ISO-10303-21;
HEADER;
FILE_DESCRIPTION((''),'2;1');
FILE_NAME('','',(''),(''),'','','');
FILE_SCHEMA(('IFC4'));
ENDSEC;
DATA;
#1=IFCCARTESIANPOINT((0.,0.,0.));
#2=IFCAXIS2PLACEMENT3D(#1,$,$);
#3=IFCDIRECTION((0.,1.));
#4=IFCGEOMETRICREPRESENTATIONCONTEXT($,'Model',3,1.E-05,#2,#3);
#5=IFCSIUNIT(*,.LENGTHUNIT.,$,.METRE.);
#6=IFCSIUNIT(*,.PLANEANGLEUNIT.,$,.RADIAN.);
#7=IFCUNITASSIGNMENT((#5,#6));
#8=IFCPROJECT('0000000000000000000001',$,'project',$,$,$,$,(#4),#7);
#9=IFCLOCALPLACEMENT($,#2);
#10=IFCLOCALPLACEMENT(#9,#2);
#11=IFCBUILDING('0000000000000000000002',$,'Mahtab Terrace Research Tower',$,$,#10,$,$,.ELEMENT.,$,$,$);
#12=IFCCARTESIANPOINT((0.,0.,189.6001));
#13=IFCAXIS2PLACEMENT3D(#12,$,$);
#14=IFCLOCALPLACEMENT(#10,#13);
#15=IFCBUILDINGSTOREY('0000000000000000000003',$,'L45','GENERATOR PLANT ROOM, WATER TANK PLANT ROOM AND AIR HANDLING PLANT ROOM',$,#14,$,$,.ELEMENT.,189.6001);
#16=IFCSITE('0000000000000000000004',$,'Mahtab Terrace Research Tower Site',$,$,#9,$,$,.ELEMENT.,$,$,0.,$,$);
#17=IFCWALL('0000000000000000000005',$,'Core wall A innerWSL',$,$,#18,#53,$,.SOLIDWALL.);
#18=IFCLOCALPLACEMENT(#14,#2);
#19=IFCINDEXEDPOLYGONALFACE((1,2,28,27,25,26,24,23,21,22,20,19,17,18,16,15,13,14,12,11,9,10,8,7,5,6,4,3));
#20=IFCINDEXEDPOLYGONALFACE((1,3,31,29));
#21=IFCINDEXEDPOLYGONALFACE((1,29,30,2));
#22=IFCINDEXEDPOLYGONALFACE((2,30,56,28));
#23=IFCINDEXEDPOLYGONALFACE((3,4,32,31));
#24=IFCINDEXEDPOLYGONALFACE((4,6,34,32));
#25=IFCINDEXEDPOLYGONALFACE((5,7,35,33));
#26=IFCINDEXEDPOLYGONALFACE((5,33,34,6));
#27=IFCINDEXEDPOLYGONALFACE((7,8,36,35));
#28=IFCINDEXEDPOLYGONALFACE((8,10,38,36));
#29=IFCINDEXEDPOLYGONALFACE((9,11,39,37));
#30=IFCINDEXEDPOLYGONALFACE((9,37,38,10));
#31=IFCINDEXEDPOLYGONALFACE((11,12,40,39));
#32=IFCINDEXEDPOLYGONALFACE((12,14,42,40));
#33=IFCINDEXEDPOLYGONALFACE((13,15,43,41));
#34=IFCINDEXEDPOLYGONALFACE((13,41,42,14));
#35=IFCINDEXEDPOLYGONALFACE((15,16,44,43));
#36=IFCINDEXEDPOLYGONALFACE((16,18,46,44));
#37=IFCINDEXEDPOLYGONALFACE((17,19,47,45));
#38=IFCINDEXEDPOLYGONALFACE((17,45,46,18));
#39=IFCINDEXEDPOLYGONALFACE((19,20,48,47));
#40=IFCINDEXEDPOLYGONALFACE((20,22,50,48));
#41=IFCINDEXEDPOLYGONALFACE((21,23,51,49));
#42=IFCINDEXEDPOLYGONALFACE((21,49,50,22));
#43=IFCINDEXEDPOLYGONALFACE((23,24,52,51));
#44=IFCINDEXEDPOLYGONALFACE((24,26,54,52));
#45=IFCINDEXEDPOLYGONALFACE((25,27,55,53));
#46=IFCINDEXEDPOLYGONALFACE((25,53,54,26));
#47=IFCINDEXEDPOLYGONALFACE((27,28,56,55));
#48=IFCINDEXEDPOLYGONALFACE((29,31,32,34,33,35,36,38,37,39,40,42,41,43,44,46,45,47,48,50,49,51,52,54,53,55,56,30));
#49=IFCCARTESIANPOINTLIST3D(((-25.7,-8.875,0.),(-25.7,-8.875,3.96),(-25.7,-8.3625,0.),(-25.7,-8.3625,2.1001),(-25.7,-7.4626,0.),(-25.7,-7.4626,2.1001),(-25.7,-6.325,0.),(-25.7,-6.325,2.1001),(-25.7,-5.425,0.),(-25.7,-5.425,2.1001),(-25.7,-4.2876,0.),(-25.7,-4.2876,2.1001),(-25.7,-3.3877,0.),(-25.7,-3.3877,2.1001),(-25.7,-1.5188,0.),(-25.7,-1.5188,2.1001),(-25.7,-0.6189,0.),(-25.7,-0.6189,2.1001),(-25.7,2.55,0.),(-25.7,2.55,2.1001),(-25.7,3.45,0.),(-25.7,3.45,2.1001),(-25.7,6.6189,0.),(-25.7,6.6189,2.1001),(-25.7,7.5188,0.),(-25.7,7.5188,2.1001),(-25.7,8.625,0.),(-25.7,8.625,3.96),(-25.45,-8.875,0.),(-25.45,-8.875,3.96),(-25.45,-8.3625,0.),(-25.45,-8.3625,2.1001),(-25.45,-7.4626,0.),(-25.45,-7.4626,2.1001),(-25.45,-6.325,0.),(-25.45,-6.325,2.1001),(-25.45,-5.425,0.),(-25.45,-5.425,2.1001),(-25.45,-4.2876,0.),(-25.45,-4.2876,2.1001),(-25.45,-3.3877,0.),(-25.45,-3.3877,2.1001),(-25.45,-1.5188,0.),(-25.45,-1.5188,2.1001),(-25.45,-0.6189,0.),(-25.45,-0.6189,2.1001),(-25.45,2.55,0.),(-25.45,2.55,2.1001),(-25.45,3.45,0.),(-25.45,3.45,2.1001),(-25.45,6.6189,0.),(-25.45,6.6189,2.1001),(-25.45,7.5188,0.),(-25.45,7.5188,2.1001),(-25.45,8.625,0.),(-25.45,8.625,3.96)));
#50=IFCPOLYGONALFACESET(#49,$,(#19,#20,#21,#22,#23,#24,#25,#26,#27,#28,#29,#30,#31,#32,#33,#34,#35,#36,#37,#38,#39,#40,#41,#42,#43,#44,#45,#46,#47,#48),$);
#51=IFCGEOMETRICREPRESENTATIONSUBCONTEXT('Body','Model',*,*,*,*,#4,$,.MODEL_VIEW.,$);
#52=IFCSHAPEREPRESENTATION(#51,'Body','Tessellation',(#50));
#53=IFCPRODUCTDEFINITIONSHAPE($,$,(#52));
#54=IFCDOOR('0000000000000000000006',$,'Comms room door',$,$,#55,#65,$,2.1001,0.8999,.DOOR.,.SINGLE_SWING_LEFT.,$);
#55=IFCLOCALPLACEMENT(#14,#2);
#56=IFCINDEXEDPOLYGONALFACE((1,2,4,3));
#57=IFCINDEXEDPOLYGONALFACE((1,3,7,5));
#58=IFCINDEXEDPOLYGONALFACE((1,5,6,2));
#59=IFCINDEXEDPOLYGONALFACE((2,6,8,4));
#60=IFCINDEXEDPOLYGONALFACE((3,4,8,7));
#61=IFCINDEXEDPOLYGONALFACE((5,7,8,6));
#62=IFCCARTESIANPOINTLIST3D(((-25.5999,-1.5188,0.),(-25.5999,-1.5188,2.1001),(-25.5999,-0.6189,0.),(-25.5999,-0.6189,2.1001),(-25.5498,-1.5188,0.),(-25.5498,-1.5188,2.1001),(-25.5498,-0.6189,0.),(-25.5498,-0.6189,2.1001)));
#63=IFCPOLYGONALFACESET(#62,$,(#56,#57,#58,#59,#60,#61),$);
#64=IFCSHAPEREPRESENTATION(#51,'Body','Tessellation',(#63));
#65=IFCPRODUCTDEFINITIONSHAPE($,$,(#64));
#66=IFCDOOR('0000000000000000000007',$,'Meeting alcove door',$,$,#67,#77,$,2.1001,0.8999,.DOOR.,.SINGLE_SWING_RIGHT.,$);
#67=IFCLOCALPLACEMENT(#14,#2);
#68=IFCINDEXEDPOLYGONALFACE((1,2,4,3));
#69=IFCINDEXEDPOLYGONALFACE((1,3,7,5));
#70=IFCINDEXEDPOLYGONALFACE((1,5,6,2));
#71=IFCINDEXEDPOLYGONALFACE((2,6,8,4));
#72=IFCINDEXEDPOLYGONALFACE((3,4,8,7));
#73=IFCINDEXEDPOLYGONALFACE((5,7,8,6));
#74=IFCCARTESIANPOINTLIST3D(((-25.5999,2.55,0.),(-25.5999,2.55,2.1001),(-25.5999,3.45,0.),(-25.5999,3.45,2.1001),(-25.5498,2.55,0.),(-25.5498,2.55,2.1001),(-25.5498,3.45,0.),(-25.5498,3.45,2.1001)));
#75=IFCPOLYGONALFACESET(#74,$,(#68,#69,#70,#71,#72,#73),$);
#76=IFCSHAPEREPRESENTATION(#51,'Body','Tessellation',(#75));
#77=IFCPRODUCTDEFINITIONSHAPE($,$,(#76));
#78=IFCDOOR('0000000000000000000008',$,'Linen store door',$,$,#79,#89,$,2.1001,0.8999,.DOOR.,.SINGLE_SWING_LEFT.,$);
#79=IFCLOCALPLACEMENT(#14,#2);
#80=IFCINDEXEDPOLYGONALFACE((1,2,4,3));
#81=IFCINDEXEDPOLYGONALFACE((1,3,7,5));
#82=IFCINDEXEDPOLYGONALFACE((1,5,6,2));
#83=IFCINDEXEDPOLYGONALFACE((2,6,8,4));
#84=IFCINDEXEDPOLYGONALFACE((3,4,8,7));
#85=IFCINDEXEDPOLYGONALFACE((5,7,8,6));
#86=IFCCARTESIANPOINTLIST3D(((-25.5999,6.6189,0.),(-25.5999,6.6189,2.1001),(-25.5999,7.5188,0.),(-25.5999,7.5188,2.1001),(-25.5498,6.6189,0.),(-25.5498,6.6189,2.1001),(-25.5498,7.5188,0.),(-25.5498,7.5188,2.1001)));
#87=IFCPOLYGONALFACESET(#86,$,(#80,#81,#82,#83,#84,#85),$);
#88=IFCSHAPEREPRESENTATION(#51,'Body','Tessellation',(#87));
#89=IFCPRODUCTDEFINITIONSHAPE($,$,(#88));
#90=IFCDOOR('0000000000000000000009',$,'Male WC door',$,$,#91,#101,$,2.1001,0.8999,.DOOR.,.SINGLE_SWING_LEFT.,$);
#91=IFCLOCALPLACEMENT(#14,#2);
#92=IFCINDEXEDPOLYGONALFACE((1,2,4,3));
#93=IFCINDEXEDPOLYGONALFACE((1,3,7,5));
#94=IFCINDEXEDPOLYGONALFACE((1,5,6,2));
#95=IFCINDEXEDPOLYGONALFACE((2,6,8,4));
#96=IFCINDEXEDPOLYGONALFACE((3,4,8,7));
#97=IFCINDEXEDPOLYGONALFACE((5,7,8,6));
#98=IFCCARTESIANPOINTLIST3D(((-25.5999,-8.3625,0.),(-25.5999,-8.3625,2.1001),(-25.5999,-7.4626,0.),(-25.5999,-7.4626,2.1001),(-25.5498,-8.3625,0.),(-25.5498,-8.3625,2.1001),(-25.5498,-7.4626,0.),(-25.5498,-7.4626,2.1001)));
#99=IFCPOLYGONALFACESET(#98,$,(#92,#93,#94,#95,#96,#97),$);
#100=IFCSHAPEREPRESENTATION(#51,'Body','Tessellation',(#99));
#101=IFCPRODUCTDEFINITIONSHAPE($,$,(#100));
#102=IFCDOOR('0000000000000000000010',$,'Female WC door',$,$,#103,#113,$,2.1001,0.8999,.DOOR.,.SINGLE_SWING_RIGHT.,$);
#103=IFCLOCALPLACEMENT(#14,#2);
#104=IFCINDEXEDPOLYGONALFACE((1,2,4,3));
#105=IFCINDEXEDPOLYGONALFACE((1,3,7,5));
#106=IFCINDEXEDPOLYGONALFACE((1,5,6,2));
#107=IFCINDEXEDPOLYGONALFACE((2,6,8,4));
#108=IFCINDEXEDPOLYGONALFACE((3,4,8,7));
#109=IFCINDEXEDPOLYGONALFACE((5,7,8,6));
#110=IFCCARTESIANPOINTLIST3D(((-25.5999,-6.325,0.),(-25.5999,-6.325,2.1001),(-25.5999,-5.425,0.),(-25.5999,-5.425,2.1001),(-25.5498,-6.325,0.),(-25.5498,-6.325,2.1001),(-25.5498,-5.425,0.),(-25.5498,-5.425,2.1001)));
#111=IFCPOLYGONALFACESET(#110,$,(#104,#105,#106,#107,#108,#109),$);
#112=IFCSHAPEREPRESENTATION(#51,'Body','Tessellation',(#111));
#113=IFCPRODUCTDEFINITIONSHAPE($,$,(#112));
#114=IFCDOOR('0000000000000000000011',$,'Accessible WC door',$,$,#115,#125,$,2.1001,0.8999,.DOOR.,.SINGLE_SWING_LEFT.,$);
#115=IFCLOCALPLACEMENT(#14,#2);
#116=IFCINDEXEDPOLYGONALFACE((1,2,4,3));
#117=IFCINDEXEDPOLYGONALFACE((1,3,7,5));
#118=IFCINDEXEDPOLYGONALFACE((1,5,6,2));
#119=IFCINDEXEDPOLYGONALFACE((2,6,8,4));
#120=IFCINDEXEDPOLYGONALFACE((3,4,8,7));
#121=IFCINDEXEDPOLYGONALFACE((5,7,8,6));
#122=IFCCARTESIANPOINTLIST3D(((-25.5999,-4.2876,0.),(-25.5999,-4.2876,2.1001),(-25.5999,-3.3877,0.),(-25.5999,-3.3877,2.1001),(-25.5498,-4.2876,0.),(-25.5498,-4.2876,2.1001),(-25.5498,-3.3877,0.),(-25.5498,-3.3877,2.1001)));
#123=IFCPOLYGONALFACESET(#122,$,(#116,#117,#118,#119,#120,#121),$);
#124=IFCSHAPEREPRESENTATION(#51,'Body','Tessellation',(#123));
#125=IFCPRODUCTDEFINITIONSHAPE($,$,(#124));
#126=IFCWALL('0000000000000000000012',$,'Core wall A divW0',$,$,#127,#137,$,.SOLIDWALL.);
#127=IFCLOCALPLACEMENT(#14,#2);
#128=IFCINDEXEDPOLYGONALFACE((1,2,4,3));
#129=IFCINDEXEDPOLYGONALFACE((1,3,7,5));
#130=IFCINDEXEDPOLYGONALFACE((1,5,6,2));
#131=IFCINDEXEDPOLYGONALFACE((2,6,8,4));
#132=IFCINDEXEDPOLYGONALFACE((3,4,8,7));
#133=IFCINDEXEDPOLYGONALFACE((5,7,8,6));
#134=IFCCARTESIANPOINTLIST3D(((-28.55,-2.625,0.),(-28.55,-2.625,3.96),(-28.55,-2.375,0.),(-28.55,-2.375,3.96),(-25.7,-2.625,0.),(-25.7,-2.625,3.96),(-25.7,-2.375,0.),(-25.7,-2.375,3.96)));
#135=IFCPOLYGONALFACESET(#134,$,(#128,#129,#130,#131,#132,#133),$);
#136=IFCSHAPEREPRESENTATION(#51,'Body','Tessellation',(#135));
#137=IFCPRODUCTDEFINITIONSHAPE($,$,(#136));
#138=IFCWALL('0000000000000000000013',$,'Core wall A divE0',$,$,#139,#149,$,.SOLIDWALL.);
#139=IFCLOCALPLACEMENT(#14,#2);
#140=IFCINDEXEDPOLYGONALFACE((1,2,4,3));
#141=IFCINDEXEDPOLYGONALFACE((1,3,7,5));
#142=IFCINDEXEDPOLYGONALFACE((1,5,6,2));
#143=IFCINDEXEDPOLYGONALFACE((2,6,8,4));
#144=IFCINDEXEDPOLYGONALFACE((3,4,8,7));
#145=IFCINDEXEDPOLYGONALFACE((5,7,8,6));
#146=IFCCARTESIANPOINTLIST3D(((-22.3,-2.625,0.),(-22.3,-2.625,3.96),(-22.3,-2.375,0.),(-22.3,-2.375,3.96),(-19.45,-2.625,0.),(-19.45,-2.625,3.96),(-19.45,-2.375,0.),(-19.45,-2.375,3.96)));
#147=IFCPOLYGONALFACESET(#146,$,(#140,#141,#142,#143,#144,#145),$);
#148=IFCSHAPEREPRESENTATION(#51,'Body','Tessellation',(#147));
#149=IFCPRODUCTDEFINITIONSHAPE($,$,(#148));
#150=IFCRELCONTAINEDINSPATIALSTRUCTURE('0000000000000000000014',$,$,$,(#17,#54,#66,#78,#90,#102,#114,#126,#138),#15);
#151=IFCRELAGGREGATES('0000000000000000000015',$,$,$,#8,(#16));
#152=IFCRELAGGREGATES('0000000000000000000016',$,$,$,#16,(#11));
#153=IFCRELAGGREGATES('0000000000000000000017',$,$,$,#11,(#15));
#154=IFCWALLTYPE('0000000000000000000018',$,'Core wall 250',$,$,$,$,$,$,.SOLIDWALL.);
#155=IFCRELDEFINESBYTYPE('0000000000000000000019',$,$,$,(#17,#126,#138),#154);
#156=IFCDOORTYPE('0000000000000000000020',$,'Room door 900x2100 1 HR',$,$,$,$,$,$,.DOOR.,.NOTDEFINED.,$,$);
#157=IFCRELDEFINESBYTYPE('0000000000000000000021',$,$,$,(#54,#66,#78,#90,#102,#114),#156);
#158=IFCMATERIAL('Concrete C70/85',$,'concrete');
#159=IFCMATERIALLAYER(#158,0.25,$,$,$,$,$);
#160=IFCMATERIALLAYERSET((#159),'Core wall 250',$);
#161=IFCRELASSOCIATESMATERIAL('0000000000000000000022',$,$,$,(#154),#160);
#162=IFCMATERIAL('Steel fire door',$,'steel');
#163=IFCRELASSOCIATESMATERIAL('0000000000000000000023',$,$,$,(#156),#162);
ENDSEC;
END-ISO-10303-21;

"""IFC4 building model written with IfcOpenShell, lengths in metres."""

from ifc_helpers import new_model, si_unit, direction, frame, frame_2d, origin, place, context, subcontext, project, spatial, rectangle, extrude, material, layer, layer_set, type_object, element, fill, save


model = new_model("IFC4")

# Units and contexts
model_context = context("Model", 3, precision=1e-05, world=origin(), true_north=direction((0.0, 1.0)))
body_context = subcontext(model_context, "Body", "Model", "MODEL_VIEW")
ifc_project = project(units=[si_unit("LENGTHUNIT", "METRE"), si_unit("PLANEANGLEUNIT", "RADIAN")], contexts=[model_context])

# Site, building, storey
site_placement = place(None, origin())
site = spatial("IfcSite", under=ifc_project, at=site_placement, Name="Mahtab Terrace Research Tower Site", CompositionType="ELEMENT", RefElevation=0.0)
building_placement = place(site_placement, origin())
building = spatial("IfcBuilding", under=site, at=building_placement, Name="Mahtab Terrace Research Tower", CompositionType="ELEMENT")
storey_placement = place(building_placement, frame((0.0, 0.0, 189.6001)))
storey = spatial("IfcBuildingStorey", under=building, at=storey_placement, Name="L45", Description="GENERATOR PLANT ROOM, WATER TANK PLANT ROOM AND AIR HANDLING PLANT ROOM", CompositionType="ELEMENT", Elevation=189.6001)

# Shared definitions
ifc_material_1 = material(Name="Concrete C70/85", Category="concrete")

# Shared definitions
ifc_layer_1 = layer(ifc_material_1, 0.25)
ifc_layer_set_1 = layer_set([ifc_layer_1], Name="Core wall 250")
wall_type_1 = type_object("IfcWallType", Name="Core wall 250", PredefinedType="SOLIDWALL", material=ifc_layer_set_1)
ifc_material_2 = material(Name="Steel fire door", Category="steel")

# Wall, openings, doors
wall_1_placement = place(storey_placement, frame((-25.575, -8.875, 0.0), z_axis=(0.0, 0.0, 1.0), x_axis=(0.0, 1.0, 0.0)))
wall_1 = element("IfcWall", 1, at=wall_1_placement, inside=storey, type_object=wall_type_1, Name="Core wall A innerWSL", PredefinedType="SOLIDWALL", context=body_context, shape_type="SweptSolid", body=[
    extrude(rectangle(XDim=17.5, YDim=0.25, at=frame_2d((8.75, 0.0))), origin(), (0.0, 0.0, 1.0), 3.96),
])
opening_1_placement = place(wall_1_placement, frame((7.3562, 0.0, 0.0)))
opening_1 = element("IfcOpeningElement", 2, at=opening_1_placement, cuts=wall_1, PredefinedType="OPENING", context=body_context, shape_type="SweptSolid", body=[
    extrude(rectangle(XDim=0.8999, YDim=2.1001, at=frame_2d((0.45, 1.05))), frame((0.0, 0.135, 0.0), z_axis=(0.0, -1.0, 0.0), x_axis=(1.0, 0.0, 0.0)), (0.0, 0.0, 1.0), 0.27),
])
opening_2_placement = place(wall_1_placement, frame((11.425, 0.0, 0.0)))
opening_2 = element("IfcOpeningElement", 3, at=opening_2_placement, cuts=wall_1, PredefinedType="OPENING", context=body_context, shape_type="SweptSolid", body=[
    extrude(rectangle(XDim=0.8999, YDim=2.1001, at=frame_2d((0.45, 1.05))), frame((0.0, 0.135, 0.0), z_axis=(0.0, -1.0, 0.0), x_axis=(1.0, 0.0, 0.0)), (0.0, 0.0, 1.0), 0.27),
])
opening_3_placement = place(wall_1_placement, frame((15.4939, 0.0, 0.0)))
opening_3 = element("IfcOpeningElement", 4, at=opening_3_placement, cuts=wall_1, PredefinedType="OPENING", context=body_context, shape_type="SweptSolid", body=[
    extrude(rectangle(XDim=0.8999, YDim=2.1001, at=frame_2d((0.45, 1.05))), frame((0.0, 0.135, 0.0), z_axis=(0.0, -1.0, 0.0), x_axis=(1.0, 0.0, 0.0)), (0.0, 0.0, 1.0), 0.27),
])
opening_4_placement = place(wall_1_placement, frame((0.5125, 0.0, 0.0)))
opening_4 = element("IfcOpeningElement", 5, at=opening_4_placement, cuts=wall_1, PredefinedType="OPENING", context=body_context, shape_type="SweptSolid", body=[
    extrude(rectangle(XDim=0.8999, YDim=2.1001, at=frame_2d((0.45, 1.05))), frame((0.0, 0.135, 0.0), z_axis=(0.0, -1.0, 0.0), x_axis=(1.0, 0.0, 0.0)), (0.0, 0.0, 1.0), 0.27),
])
opening_5_placement = place(wall_1_placement, frame((2.55, 0.0, 0.0)))
opening_5 = element("IfcOpeningElement", 6, at=opening_5_placement, cuts=wall_1, PredefinedType="OPENING", context=body_context, shape_type="SweptSolid", body=[
    extrude(rectangle(XDim=0.8999, YDim=2.1001, at=frame_2d((0.45, 1.05))), frame((0.0, 0.135, 0.0), z_axis=(0.0, -1.0, 0.0), x_axis=(1.0, 0.0, 0.0)), (0.0, 0.0, 1.0), 0.27),
])
opening_6_placement = place(wall_1_placement, frame((4.5874, 0.0, 0.0)))
opening_6 = element("IfcOpeningElement", 7, at=opening_6_placement, cuts=wall_1, PredefinedType="OPENING", context=body_context, shape_type="SweptSolid", body=[
    extrude(rectangle(XDim=0.8999, YDim=2.1001, at=frame_2d((0.45, 1.05))), frame((0.0, 0.135, 0.0), z_axis=(0.0, -1.0, 0.0), x_axis=(1.0, 0.0, 0.0)), (0.0, 0.0, 1.0), 0.27),
])
door_type_1 = type_object("IfcDoorType", Name="Room door 900x2100 1 HR", OperationType="NOTDEFINED", PredefinedType="DOOR", material=ifc_material_2)
door_1_placement = place(opening_1_placement, origin())
door_1 = element("IfcDoor", 8, at=door_1_placement, inside=storey, type_object=door_type_1, Name="Comms room door", OperationType="SINGLE_SWING_LEFT", OverallHeight=2.1001, OverallWidth=0.8999, PredefinedType="DOOR", context=body_context, shape_type="SweptSolid", body=[
    extrude(rectangle(XDim=0.8999, YDim=2.1001, at=frame_2d((0.45, 1.05))), frame((0.0, 0.0249, 0.0), z_axis=(0.0, -1.0, 0.0), x_axis=(1.0, 0.0, 0.0)), (0.0, 0.0, 1.0), 0.05),
])
fill(opening_1, door_1)
door_2_placement = place(opening_2_placement, origin())
door_2 = element("IfcDoor", 9, at=door_2_placement, inside=storey, type_object=door_type_1, Name="Meeting alcove door", OperationType="SINGLE_SWING_RIGHT", OverallHeight=2.1001, OverallWidth=0.8999, PredefinedType="DOOR", context=body_context, shape_type="SweptSolid", body=[
    extrude(rectangle(XDim=0.8999, YDim=2.1001, at=frame_2d((0.45, 1.05))), frame((0.0, 0.0249, 0.0), z_axis=(0.0, -1.0, 0.0), x_axis=(1.0, 0.0, 0.0)), (0.0, 0.0, 1.0), 0.05),
])
fill(opening_2, door_2)
door_3_placement = place(opening_3_placement, origin())
door_3 = element("IfcDoor", 10, at=door_3_placement, inside=storey, type_object=door_type_1, Name="Linen store door", OperationType="SINGLE_SWING_LEFT", OverallHeight=2.1001, OverallWidth=0.8999, PredefinedType="DOOR", context=body_context, shape_type="SweptSolid", body=[
    extrude(rectangle(XDim=0.8999, YDim=2.1001, at=frame_2d((0.45, 1.05))), frame((0.0, 0.0249, 0.0), z_axis=(0.0, -1.0, 0.0), x_axis=(1.0, 0.0, 0.0)), (0.0, 0.0, 1.0), 0.05),
])
fill(opening_3, door_3)
door_4_placement = place(opening_4_placement, origin())
door_4 = element("IfcDoor", 11, at=door_4_placement, inside=storey, type_object=door_type_1, Name="Male WC door", OperationType="SINGLE_SWING_LEFT", OverallHeight=2.1001, OverallWidth=0.8999, PredefinedType="DOOR", context=body_context, shape_type="SweptSolid", body=[
    extrude(rectangle(XDim=0.8999, YDim=2.1001, at=frame_2d((0.45, 1.05))), frame((0.0, 0.0249, 0.0), z_axis=(0.0, -1.0, 0.0), x_axis=(1.0, 0.0, 0.0)), (0.0, 0.0, 1.0), 0.05),
])
fill(opening_4, door_4)
door_5_placement = place(opening_5_placement, origin())
door_5 = element("IfcDoor", 12, at=door_5_placement, inside=storey, type_object=door_type_1, Name="Female WC door", OperationType="SINGLE_SWING_RIGHT", OverallHeight=2.1001, OverallWidth=0.8999, PredefinedType="DOOR", context=body_context, shape_type="SweptSolid", body=[
    extrude(rectangle(XDim=0.8999, YDim=2.1001, at=frame_2d((0.45, 1.05))), frame((0.0, 0.0249, 0.0), z_axis=(0.0, -1.0, 0.0), x_axis=(1.0, 0.0, 0.0)), (0.0, 0.0, 1.0), 0.05),
])
fill(opening_5, door_5)
door_6_placement = place(opening_6_placement, origin())
door_6 = element("IfcDoor", 13, at=door_6_placement, inside=storey, type_object=door_type_1, Name="Accessible WC door", OperationType="SINGLE_SWING_LEFT", OverallHeight=2.1001, OverallWidth=0.8999, PredefinedType="DOOR", context=body_context, shape_type="SweptSolid", body=[
    extrude(rectangle(XDim=0.8999, YDim=2.1001, at=frame_2d((0.45, 1.05))), frame((0.0, 0.0249, 0.0), z_axis=(0.0, -1.0, 0.0), x_axis=(1.0, 0.0, 0.0)), (0.0, 0.0, 1.0), 0.05),
])
fill(opening_6, door_6)

# Walls
for number, where, z_axis, x_axis, name in (
    (14, (-28.55, -2.5, 0.0), (0.0, 0.0, 1.0), (1.0, 0.0, 0.0), "Core wall A divW0"),
    (15, (-22.3, -2.5, 0.0), (0.0, 0.0, 1.0), (1.0, 0.0, 0.0), "Core wall A divE0"),
):
    element("IfcWall", number, at=place(storey_placement, frame(where, z_axis=z_axis, x_axis=x_axis)), inside=storey, type_object=wall_type_1, Name=name, PredefinedType="SOLIDWALL", context=body_context, shape_type="SweptSolid", body=[
        extrude(rectangle(XDim=2.8501, YDim=0.25, at=frame_2d((1.425, 0.0))), origin(), (0.0, 0.0, 1.0), 3.96),
    ])

save(model, "model.ifc")
